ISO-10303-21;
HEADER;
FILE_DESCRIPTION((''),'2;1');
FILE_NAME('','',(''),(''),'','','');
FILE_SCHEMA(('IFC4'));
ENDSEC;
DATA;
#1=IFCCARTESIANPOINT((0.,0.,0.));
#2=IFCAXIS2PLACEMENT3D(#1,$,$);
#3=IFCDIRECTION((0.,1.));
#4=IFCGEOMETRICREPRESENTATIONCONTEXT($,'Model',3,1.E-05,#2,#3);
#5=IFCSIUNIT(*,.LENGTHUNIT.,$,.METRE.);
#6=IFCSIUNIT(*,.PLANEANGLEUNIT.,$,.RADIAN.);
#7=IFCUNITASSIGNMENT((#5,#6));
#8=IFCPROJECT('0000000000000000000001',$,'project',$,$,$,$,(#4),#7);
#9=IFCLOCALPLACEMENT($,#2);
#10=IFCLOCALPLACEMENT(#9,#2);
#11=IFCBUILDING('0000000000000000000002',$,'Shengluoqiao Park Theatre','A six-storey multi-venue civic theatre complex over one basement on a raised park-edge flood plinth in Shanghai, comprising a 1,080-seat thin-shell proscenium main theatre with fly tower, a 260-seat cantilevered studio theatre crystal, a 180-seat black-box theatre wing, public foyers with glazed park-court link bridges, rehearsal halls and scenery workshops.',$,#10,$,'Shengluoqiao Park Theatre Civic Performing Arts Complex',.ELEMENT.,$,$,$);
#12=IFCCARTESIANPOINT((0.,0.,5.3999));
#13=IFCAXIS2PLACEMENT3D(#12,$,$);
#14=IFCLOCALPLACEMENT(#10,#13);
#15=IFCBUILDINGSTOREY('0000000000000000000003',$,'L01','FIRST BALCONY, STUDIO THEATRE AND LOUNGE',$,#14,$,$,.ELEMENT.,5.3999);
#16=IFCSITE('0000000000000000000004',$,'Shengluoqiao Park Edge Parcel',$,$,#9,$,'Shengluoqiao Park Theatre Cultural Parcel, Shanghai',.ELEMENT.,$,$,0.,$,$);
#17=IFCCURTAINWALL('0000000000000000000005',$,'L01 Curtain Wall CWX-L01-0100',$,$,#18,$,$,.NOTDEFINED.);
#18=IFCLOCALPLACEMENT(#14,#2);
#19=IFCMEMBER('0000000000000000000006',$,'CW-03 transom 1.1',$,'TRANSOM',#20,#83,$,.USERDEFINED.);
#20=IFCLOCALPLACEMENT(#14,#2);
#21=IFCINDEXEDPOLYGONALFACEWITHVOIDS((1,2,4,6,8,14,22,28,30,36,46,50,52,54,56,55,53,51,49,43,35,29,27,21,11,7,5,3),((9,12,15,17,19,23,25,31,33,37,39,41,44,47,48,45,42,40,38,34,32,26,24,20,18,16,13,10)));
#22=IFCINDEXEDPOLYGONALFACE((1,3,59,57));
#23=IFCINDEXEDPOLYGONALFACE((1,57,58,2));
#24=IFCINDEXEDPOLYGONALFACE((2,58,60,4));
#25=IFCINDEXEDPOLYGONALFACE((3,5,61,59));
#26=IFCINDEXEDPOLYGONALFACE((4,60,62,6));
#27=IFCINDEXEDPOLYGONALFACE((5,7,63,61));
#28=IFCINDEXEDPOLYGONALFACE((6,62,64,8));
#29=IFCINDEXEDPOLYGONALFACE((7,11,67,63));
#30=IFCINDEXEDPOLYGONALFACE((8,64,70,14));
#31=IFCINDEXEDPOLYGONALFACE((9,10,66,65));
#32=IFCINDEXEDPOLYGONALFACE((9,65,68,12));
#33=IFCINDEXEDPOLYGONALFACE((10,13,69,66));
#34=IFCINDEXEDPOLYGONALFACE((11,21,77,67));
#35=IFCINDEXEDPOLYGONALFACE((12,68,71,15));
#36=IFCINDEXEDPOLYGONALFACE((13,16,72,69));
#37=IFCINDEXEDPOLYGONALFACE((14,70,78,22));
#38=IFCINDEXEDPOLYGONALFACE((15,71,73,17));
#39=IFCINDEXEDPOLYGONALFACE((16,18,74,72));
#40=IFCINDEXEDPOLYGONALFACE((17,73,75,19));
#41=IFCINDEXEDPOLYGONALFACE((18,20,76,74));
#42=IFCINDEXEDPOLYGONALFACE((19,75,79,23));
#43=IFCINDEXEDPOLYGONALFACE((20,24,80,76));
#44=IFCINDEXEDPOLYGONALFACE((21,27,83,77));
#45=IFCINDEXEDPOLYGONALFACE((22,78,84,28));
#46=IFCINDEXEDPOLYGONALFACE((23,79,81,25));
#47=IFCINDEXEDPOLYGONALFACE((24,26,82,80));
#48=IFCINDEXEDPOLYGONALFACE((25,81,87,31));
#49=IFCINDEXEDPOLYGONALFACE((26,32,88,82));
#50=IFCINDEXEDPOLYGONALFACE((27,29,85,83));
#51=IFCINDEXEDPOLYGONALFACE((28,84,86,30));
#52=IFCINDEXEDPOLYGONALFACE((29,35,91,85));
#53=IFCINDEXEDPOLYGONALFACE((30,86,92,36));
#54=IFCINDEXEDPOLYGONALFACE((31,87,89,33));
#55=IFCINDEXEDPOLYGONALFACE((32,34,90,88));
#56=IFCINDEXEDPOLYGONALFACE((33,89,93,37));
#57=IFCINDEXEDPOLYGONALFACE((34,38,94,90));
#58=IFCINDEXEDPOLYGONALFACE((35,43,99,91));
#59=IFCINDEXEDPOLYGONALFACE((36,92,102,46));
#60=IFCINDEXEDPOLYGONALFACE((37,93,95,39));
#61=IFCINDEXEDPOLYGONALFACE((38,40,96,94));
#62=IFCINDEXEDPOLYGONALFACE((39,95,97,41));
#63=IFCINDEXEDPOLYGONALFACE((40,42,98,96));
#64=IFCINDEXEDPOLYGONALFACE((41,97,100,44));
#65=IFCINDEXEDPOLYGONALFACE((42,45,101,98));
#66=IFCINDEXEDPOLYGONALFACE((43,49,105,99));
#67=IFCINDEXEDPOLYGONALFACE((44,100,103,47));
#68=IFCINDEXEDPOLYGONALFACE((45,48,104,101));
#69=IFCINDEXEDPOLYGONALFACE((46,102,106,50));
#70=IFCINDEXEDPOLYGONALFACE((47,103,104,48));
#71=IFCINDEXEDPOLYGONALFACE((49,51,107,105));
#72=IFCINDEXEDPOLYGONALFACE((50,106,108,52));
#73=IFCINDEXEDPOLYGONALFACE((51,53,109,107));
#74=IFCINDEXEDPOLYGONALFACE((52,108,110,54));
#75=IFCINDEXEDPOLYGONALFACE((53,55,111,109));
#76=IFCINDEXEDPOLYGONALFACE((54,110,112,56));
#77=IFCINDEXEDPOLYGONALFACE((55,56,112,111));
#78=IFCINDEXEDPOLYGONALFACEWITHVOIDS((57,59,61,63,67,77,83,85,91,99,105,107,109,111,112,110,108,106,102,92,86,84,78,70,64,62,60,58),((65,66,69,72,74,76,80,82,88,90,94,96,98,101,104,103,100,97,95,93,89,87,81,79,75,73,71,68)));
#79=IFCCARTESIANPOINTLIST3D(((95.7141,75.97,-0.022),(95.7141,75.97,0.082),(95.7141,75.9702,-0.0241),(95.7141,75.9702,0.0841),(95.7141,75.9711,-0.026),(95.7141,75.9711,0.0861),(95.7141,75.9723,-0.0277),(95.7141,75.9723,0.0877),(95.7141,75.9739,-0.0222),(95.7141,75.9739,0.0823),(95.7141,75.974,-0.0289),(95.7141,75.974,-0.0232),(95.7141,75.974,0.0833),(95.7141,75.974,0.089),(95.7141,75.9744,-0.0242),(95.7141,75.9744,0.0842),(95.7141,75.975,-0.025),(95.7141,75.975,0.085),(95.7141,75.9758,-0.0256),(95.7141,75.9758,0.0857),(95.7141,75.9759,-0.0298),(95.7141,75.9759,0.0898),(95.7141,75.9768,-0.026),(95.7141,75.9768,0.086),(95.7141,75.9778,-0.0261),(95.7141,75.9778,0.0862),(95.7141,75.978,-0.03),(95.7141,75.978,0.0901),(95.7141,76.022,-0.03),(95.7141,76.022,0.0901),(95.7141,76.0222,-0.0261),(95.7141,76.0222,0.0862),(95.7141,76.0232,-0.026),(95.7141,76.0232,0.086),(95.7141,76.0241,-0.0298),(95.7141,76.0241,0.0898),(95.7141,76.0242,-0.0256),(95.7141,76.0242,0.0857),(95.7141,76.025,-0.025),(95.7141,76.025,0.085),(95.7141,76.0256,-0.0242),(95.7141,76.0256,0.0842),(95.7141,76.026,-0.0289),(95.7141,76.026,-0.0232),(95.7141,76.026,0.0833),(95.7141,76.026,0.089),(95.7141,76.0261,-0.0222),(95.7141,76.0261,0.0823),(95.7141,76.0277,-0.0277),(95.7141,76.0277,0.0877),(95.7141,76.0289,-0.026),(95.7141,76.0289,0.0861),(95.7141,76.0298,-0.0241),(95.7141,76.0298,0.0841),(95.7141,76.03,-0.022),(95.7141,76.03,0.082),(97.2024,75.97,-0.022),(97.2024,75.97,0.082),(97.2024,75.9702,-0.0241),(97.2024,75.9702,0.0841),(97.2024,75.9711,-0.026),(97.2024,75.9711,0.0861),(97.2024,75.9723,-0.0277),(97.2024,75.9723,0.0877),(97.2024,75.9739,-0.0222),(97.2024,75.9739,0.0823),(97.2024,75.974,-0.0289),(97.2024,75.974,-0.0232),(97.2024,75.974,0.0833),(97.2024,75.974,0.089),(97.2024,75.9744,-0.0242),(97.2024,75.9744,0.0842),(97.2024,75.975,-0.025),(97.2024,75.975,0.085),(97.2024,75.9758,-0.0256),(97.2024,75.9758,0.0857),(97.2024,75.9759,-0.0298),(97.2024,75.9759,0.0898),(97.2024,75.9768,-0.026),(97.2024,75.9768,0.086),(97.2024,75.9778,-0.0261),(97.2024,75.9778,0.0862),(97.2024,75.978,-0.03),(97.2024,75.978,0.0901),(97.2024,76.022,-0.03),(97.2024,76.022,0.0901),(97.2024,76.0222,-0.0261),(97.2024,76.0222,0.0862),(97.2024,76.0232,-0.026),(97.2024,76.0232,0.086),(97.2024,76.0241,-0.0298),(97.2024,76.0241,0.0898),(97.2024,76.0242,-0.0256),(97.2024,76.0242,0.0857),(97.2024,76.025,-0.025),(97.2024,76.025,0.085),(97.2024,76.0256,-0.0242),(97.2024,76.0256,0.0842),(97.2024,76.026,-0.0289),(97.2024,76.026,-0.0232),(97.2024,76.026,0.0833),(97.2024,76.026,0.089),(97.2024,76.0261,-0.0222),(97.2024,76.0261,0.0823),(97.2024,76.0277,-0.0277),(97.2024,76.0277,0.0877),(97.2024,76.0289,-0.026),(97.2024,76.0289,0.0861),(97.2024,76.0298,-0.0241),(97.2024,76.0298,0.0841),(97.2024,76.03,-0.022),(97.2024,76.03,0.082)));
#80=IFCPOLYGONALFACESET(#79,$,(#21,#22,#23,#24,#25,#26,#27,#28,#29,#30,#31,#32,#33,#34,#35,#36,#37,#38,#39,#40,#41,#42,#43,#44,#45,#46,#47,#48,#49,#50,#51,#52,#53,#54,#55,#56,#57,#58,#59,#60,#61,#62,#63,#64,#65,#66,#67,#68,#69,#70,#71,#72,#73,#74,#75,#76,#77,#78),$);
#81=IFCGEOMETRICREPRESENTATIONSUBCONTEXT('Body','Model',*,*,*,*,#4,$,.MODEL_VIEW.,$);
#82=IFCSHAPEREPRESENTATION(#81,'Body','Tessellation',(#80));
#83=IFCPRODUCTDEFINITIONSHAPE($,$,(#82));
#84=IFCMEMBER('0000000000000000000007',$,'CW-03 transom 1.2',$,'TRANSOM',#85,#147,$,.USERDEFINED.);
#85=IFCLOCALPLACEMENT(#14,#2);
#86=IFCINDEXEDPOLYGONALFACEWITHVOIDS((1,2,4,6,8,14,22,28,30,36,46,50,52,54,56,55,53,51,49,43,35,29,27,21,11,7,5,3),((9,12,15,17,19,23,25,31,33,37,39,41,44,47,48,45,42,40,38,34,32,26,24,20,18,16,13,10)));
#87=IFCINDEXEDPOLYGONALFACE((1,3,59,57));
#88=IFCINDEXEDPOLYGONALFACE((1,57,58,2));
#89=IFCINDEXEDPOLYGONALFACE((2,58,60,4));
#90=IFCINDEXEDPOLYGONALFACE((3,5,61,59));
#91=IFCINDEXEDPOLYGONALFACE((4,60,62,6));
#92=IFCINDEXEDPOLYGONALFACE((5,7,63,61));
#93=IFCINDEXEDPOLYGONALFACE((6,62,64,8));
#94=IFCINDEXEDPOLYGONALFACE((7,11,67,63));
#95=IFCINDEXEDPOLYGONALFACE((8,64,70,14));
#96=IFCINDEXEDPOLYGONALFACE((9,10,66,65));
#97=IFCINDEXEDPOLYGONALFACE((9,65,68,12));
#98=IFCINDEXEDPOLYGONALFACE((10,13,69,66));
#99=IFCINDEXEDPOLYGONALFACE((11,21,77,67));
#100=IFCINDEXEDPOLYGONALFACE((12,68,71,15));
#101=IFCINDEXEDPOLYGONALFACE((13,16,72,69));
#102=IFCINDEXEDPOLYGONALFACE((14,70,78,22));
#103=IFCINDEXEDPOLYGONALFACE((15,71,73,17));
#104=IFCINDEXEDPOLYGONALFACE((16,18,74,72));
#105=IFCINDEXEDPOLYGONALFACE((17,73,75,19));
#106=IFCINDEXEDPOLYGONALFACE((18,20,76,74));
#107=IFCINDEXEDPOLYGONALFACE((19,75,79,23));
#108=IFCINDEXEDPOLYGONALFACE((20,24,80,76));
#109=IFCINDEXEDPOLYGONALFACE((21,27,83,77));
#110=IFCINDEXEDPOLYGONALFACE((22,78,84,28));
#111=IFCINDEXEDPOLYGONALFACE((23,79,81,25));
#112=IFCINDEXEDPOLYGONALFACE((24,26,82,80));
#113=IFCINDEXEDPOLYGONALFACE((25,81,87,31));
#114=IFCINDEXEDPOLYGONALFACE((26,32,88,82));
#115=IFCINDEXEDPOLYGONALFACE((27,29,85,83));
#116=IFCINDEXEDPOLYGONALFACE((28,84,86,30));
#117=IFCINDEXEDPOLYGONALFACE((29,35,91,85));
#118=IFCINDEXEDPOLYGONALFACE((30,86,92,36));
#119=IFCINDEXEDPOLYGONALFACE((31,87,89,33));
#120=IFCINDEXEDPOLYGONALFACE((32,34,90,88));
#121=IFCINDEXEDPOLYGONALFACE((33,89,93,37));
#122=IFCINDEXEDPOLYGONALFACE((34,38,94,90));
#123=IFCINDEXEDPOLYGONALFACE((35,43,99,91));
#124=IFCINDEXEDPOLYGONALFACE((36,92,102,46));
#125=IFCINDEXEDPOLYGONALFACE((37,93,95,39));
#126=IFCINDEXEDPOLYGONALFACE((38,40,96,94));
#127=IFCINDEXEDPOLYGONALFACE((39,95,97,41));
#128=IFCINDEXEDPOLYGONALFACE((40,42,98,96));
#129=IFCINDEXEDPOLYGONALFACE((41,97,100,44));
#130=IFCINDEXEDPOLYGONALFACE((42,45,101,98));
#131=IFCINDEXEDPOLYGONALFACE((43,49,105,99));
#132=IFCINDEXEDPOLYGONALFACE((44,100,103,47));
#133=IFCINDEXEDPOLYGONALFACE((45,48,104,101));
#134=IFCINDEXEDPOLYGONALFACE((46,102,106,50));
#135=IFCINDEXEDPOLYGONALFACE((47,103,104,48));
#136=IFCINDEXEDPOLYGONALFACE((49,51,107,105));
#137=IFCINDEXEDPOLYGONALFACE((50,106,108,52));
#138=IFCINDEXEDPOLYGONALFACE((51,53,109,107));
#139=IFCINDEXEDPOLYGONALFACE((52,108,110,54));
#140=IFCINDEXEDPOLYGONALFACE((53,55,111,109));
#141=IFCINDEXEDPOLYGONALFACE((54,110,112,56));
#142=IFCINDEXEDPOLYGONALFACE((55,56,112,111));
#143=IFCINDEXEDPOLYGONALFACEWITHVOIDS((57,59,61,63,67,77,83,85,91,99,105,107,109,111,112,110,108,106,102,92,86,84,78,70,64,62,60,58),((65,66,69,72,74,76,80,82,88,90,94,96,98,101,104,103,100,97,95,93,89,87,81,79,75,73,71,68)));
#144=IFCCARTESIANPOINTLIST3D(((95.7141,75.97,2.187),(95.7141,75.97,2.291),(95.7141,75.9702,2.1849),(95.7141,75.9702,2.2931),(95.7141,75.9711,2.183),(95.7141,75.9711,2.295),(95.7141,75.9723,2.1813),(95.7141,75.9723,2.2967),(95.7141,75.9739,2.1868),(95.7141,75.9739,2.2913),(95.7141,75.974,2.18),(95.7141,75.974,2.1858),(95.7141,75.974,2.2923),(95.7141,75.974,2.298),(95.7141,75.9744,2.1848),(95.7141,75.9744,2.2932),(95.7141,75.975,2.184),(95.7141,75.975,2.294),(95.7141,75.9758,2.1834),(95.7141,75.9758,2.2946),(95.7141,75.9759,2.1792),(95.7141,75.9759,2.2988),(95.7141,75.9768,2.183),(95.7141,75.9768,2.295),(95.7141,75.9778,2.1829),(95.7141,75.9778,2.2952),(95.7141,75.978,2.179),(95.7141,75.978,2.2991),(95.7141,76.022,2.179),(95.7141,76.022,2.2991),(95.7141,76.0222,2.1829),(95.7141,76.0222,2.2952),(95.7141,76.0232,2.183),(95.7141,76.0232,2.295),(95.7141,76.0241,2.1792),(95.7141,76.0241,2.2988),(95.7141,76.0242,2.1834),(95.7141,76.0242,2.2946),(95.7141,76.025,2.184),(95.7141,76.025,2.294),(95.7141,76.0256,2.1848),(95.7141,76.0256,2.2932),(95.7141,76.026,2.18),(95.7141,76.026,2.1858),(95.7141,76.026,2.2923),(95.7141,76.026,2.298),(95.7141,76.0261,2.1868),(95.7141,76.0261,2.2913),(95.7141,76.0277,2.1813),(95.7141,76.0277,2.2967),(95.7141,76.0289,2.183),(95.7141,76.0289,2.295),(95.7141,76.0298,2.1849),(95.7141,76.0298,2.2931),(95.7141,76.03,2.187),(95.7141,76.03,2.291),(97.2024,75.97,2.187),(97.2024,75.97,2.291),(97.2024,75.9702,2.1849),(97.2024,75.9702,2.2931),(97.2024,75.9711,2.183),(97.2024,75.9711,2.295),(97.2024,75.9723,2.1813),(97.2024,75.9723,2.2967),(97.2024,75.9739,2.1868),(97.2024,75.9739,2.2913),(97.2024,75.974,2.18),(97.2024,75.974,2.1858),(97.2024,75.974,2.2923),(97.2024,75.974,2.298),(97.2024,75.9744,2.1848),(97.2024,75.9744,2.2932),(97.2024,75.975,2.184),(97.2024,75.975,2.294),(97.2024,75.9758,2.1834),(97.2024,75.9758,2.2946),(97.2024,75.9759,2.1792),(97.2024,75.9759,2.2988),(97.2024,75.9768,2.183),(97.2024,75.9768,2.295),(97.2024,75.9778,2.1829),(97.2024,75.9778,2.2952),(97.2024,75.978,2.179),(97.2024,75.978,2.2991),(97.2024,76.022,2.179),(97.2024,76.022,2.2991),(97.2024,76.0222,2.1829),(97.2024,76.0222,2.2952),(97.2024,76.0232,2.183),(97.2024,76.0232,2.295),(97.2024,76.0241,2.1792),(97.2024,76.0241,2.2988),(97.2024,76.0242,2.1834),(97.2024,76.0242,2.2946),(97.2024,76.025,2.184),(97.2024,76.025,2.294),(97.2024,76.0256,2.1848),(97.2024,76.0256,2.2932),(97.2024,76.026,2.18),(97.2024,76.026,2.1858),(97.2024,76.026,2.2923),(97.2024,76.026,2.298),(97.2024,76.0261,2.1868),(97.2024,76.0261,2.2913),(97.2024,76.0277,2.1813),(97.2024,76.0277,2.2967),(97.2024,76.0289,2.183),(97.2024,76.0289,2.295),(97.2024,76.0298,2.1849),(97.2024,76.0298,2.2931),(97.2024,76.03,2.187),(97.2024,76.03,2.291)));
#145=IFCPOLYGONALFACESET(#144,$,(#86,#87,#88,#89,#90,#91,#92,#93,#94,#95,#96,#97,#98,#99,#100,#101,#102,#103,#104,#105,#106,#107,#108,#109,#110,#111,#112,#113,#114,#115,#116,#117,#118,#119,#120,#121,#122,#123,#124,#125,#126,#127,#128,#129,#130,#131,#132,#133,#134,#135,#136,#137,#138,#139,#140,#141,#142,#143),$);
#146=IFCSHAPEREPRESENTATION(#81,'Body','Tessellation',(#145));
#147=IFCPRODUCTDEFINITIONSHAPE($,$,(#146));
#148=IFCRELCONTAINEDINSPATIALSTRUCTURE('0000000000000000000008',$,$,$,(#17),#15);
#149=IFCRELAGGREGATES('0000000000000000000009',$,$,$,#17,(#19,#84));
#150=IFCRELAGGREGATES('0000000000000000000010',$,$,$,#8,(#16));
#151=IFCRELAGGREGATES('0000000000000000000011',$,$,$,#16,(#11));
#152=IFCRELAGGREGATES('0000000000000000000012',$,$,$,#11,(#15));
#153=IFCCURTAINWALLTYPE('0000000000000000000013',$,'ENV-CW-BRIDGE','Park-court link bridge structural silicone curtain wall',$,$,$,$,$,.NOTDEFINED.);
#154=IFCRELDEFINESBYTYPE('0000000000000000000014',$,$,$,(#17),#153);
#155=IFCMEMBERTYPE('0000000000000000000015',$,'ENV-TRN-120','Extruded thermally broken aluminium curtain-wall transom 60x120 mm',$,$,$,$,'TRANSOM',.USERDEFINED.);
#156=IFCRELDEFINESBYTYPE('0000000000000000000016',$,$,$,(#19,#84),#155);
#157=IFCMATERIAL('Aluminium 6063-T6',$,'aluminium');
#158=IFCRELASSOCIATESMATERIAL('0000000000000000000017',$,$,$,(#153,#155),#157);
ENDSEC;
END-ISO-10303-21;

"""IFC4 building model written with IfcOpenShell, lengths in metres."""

from ifc_helpers import new_model, si_unit, direction, frame, origin, origin_2d, place, context, subcontext, project, spatial, hollow_rectangle, extrude, material, material_profile, profile_set, type_object, element, aggregate, save


model = new_model("IFC4")

# Units and contexts
model_context = context("Model", 3, precision=1e-05, world=origin(), true_north=direction((0.0, 1.0)))
body_context = subcontext(model_context, "Body", "Model", "MODEL_VIEW")
ifc_project = project(units=[si_unit("LENGTHUNIT", "METRE"), si_unit("PLANEANGLEUNIT", "RADIAN")], contexts=[model_context])

# Site, building, storey
site_placement = place(None, origin())
site = spatial("IfcSite", under=ifc_project, at=site_placement, Name="Shengluoqiao Park Edge Parcel", LongName="Shengluoqiao Park Theatre Cultural Parcel, Shanghai", CompositionType="ELEMENT", RefElevation=0.0)
building_placement = place(site_placement, origin())
building = spatial("IfcBuilding", under=site, at=building_placement, Name="Shengluoqiao Park Theatre", Description="A six-storey multi-venue civic theatre complex over one basement on a raised park-edge flood plinth in Shanghai, comprising a 1,080-seat thin-shell proscenium main theatre with fly tower, a 260-seat cantilevered studio theatre crystal, a 180-seat black-box theatre wing, public foyers with glazed park-court link bridges, rehearsal halls and scenery workshops.", LongName="Shengluoqiao Park Theatre Civic Performing Arts Complex", CompositionType="ELEMENT")
storey_placement = place(building_placement, frame((0.0, 0.0, 5.3999)))
storey = spatial("IfcBuildingStorey", under=building, at=storey_placement, Name="L01", Description="FIRST BALCONY, STUDIO THEATRE AND LOUNGE", CompositionType="ELEMENT", Elevation=5.3999)

# Curtain wall
ifc_material_1 = material(Name="Aluminium 6063-T6", Category="aluminium")
curtain_wall_type = type_object("IfcCurtainWallType", Name="ENV-CW-BRIDGE", Description="Park-court link bridge structural silicone curtain wall", PredefinedType="NOTDEFINED", material=ifc_material_1)
curtain_wall_1_placement = place(storey_placement, origin())
curtain_wall_1 = element("IfcCurtainWall", 1, at=curtain_wall_1_placement, inside=storey, type_object=curtain_wall_type, Name="L01 Curtain Wall CWX-L01-0100", PredefinedType="NOTDEFINED")

# Shared definitions
ifc_material_profile_1 = material_profile(ifc_material_1, hollow_rectangle(XDim=0.0601, YDim=0.1201, WallThickness=0.0039, InnerFilletRadius=0.0039, OuterFilletRadius=0.0081, at=origin_2d()), Name="ALU TRANSOM 120x60x4")
ifc_profile_set_1 = profile_set([ifc_material_profile_1], Name="Aluminium 6063-T6")
member_type_1 = type_object("IfcMemberType", Name="ENV-TRN-120", Description="Extruded thermally broken aluminium curtain-wall transom 60x120 mm", ElementType="TRANSOM", PredefinedType="USERDEFINED", material=ifc_profile_set_1)

# Members
member_1_placement = place(storey_placement, frame((95.7141, 76.0, 0.03), z_axis=(1.0, 0.0, 0.0), x_axis=(0.0, 1.0, 0.0)))
member_1 = element("IfcMember", 2, at=member_1_placement, type_object=member_type_1, Name="CW-03 transom 1.1", ObjectType="TRANSOM", PredefinedType="USERDEFINED", context=body_context, shape_type="SweptSolid", body=[
    extrude(hollow_rectangle(XDim=0.0601, YDim=0.1201, WallThickness=0.0039, InnerFilletRadius=0.0039, OuterFilletRadius=0.0081, at=origin_2d()), origin(), (0.0, 0.0, 1.0), 1.4883),
])
member_2_placement = place(storey_placement, frame((95.7141, 76.0, 2.239), z_axis=(1.0, 0.0, 0.0), x_axis=(0.0, 1.0, 0.0)))
member_2 = element("IfcMember", 3, at=member_2_placement, type_object=member_type_1, Name="CW-03 transom 1.2", ObjectType="TRANSOM", PredefinedType="USERDEFINED", context=body_context, shape_type="SweptSolid", body=[
    extrude(hollow_rectangle(XDim=0.0601, YDim=0.1201, WallThickness=0.0039, InnerFilletRadius=0.0039, OuterFilletRadius=0.0081, at=origin_2d()), origin(), (0.0, 0.0, 1.0), 1.4883),
])

aggregate(curtain_wall_1, [member_1, member_2])

save(model, "model.ifc")
